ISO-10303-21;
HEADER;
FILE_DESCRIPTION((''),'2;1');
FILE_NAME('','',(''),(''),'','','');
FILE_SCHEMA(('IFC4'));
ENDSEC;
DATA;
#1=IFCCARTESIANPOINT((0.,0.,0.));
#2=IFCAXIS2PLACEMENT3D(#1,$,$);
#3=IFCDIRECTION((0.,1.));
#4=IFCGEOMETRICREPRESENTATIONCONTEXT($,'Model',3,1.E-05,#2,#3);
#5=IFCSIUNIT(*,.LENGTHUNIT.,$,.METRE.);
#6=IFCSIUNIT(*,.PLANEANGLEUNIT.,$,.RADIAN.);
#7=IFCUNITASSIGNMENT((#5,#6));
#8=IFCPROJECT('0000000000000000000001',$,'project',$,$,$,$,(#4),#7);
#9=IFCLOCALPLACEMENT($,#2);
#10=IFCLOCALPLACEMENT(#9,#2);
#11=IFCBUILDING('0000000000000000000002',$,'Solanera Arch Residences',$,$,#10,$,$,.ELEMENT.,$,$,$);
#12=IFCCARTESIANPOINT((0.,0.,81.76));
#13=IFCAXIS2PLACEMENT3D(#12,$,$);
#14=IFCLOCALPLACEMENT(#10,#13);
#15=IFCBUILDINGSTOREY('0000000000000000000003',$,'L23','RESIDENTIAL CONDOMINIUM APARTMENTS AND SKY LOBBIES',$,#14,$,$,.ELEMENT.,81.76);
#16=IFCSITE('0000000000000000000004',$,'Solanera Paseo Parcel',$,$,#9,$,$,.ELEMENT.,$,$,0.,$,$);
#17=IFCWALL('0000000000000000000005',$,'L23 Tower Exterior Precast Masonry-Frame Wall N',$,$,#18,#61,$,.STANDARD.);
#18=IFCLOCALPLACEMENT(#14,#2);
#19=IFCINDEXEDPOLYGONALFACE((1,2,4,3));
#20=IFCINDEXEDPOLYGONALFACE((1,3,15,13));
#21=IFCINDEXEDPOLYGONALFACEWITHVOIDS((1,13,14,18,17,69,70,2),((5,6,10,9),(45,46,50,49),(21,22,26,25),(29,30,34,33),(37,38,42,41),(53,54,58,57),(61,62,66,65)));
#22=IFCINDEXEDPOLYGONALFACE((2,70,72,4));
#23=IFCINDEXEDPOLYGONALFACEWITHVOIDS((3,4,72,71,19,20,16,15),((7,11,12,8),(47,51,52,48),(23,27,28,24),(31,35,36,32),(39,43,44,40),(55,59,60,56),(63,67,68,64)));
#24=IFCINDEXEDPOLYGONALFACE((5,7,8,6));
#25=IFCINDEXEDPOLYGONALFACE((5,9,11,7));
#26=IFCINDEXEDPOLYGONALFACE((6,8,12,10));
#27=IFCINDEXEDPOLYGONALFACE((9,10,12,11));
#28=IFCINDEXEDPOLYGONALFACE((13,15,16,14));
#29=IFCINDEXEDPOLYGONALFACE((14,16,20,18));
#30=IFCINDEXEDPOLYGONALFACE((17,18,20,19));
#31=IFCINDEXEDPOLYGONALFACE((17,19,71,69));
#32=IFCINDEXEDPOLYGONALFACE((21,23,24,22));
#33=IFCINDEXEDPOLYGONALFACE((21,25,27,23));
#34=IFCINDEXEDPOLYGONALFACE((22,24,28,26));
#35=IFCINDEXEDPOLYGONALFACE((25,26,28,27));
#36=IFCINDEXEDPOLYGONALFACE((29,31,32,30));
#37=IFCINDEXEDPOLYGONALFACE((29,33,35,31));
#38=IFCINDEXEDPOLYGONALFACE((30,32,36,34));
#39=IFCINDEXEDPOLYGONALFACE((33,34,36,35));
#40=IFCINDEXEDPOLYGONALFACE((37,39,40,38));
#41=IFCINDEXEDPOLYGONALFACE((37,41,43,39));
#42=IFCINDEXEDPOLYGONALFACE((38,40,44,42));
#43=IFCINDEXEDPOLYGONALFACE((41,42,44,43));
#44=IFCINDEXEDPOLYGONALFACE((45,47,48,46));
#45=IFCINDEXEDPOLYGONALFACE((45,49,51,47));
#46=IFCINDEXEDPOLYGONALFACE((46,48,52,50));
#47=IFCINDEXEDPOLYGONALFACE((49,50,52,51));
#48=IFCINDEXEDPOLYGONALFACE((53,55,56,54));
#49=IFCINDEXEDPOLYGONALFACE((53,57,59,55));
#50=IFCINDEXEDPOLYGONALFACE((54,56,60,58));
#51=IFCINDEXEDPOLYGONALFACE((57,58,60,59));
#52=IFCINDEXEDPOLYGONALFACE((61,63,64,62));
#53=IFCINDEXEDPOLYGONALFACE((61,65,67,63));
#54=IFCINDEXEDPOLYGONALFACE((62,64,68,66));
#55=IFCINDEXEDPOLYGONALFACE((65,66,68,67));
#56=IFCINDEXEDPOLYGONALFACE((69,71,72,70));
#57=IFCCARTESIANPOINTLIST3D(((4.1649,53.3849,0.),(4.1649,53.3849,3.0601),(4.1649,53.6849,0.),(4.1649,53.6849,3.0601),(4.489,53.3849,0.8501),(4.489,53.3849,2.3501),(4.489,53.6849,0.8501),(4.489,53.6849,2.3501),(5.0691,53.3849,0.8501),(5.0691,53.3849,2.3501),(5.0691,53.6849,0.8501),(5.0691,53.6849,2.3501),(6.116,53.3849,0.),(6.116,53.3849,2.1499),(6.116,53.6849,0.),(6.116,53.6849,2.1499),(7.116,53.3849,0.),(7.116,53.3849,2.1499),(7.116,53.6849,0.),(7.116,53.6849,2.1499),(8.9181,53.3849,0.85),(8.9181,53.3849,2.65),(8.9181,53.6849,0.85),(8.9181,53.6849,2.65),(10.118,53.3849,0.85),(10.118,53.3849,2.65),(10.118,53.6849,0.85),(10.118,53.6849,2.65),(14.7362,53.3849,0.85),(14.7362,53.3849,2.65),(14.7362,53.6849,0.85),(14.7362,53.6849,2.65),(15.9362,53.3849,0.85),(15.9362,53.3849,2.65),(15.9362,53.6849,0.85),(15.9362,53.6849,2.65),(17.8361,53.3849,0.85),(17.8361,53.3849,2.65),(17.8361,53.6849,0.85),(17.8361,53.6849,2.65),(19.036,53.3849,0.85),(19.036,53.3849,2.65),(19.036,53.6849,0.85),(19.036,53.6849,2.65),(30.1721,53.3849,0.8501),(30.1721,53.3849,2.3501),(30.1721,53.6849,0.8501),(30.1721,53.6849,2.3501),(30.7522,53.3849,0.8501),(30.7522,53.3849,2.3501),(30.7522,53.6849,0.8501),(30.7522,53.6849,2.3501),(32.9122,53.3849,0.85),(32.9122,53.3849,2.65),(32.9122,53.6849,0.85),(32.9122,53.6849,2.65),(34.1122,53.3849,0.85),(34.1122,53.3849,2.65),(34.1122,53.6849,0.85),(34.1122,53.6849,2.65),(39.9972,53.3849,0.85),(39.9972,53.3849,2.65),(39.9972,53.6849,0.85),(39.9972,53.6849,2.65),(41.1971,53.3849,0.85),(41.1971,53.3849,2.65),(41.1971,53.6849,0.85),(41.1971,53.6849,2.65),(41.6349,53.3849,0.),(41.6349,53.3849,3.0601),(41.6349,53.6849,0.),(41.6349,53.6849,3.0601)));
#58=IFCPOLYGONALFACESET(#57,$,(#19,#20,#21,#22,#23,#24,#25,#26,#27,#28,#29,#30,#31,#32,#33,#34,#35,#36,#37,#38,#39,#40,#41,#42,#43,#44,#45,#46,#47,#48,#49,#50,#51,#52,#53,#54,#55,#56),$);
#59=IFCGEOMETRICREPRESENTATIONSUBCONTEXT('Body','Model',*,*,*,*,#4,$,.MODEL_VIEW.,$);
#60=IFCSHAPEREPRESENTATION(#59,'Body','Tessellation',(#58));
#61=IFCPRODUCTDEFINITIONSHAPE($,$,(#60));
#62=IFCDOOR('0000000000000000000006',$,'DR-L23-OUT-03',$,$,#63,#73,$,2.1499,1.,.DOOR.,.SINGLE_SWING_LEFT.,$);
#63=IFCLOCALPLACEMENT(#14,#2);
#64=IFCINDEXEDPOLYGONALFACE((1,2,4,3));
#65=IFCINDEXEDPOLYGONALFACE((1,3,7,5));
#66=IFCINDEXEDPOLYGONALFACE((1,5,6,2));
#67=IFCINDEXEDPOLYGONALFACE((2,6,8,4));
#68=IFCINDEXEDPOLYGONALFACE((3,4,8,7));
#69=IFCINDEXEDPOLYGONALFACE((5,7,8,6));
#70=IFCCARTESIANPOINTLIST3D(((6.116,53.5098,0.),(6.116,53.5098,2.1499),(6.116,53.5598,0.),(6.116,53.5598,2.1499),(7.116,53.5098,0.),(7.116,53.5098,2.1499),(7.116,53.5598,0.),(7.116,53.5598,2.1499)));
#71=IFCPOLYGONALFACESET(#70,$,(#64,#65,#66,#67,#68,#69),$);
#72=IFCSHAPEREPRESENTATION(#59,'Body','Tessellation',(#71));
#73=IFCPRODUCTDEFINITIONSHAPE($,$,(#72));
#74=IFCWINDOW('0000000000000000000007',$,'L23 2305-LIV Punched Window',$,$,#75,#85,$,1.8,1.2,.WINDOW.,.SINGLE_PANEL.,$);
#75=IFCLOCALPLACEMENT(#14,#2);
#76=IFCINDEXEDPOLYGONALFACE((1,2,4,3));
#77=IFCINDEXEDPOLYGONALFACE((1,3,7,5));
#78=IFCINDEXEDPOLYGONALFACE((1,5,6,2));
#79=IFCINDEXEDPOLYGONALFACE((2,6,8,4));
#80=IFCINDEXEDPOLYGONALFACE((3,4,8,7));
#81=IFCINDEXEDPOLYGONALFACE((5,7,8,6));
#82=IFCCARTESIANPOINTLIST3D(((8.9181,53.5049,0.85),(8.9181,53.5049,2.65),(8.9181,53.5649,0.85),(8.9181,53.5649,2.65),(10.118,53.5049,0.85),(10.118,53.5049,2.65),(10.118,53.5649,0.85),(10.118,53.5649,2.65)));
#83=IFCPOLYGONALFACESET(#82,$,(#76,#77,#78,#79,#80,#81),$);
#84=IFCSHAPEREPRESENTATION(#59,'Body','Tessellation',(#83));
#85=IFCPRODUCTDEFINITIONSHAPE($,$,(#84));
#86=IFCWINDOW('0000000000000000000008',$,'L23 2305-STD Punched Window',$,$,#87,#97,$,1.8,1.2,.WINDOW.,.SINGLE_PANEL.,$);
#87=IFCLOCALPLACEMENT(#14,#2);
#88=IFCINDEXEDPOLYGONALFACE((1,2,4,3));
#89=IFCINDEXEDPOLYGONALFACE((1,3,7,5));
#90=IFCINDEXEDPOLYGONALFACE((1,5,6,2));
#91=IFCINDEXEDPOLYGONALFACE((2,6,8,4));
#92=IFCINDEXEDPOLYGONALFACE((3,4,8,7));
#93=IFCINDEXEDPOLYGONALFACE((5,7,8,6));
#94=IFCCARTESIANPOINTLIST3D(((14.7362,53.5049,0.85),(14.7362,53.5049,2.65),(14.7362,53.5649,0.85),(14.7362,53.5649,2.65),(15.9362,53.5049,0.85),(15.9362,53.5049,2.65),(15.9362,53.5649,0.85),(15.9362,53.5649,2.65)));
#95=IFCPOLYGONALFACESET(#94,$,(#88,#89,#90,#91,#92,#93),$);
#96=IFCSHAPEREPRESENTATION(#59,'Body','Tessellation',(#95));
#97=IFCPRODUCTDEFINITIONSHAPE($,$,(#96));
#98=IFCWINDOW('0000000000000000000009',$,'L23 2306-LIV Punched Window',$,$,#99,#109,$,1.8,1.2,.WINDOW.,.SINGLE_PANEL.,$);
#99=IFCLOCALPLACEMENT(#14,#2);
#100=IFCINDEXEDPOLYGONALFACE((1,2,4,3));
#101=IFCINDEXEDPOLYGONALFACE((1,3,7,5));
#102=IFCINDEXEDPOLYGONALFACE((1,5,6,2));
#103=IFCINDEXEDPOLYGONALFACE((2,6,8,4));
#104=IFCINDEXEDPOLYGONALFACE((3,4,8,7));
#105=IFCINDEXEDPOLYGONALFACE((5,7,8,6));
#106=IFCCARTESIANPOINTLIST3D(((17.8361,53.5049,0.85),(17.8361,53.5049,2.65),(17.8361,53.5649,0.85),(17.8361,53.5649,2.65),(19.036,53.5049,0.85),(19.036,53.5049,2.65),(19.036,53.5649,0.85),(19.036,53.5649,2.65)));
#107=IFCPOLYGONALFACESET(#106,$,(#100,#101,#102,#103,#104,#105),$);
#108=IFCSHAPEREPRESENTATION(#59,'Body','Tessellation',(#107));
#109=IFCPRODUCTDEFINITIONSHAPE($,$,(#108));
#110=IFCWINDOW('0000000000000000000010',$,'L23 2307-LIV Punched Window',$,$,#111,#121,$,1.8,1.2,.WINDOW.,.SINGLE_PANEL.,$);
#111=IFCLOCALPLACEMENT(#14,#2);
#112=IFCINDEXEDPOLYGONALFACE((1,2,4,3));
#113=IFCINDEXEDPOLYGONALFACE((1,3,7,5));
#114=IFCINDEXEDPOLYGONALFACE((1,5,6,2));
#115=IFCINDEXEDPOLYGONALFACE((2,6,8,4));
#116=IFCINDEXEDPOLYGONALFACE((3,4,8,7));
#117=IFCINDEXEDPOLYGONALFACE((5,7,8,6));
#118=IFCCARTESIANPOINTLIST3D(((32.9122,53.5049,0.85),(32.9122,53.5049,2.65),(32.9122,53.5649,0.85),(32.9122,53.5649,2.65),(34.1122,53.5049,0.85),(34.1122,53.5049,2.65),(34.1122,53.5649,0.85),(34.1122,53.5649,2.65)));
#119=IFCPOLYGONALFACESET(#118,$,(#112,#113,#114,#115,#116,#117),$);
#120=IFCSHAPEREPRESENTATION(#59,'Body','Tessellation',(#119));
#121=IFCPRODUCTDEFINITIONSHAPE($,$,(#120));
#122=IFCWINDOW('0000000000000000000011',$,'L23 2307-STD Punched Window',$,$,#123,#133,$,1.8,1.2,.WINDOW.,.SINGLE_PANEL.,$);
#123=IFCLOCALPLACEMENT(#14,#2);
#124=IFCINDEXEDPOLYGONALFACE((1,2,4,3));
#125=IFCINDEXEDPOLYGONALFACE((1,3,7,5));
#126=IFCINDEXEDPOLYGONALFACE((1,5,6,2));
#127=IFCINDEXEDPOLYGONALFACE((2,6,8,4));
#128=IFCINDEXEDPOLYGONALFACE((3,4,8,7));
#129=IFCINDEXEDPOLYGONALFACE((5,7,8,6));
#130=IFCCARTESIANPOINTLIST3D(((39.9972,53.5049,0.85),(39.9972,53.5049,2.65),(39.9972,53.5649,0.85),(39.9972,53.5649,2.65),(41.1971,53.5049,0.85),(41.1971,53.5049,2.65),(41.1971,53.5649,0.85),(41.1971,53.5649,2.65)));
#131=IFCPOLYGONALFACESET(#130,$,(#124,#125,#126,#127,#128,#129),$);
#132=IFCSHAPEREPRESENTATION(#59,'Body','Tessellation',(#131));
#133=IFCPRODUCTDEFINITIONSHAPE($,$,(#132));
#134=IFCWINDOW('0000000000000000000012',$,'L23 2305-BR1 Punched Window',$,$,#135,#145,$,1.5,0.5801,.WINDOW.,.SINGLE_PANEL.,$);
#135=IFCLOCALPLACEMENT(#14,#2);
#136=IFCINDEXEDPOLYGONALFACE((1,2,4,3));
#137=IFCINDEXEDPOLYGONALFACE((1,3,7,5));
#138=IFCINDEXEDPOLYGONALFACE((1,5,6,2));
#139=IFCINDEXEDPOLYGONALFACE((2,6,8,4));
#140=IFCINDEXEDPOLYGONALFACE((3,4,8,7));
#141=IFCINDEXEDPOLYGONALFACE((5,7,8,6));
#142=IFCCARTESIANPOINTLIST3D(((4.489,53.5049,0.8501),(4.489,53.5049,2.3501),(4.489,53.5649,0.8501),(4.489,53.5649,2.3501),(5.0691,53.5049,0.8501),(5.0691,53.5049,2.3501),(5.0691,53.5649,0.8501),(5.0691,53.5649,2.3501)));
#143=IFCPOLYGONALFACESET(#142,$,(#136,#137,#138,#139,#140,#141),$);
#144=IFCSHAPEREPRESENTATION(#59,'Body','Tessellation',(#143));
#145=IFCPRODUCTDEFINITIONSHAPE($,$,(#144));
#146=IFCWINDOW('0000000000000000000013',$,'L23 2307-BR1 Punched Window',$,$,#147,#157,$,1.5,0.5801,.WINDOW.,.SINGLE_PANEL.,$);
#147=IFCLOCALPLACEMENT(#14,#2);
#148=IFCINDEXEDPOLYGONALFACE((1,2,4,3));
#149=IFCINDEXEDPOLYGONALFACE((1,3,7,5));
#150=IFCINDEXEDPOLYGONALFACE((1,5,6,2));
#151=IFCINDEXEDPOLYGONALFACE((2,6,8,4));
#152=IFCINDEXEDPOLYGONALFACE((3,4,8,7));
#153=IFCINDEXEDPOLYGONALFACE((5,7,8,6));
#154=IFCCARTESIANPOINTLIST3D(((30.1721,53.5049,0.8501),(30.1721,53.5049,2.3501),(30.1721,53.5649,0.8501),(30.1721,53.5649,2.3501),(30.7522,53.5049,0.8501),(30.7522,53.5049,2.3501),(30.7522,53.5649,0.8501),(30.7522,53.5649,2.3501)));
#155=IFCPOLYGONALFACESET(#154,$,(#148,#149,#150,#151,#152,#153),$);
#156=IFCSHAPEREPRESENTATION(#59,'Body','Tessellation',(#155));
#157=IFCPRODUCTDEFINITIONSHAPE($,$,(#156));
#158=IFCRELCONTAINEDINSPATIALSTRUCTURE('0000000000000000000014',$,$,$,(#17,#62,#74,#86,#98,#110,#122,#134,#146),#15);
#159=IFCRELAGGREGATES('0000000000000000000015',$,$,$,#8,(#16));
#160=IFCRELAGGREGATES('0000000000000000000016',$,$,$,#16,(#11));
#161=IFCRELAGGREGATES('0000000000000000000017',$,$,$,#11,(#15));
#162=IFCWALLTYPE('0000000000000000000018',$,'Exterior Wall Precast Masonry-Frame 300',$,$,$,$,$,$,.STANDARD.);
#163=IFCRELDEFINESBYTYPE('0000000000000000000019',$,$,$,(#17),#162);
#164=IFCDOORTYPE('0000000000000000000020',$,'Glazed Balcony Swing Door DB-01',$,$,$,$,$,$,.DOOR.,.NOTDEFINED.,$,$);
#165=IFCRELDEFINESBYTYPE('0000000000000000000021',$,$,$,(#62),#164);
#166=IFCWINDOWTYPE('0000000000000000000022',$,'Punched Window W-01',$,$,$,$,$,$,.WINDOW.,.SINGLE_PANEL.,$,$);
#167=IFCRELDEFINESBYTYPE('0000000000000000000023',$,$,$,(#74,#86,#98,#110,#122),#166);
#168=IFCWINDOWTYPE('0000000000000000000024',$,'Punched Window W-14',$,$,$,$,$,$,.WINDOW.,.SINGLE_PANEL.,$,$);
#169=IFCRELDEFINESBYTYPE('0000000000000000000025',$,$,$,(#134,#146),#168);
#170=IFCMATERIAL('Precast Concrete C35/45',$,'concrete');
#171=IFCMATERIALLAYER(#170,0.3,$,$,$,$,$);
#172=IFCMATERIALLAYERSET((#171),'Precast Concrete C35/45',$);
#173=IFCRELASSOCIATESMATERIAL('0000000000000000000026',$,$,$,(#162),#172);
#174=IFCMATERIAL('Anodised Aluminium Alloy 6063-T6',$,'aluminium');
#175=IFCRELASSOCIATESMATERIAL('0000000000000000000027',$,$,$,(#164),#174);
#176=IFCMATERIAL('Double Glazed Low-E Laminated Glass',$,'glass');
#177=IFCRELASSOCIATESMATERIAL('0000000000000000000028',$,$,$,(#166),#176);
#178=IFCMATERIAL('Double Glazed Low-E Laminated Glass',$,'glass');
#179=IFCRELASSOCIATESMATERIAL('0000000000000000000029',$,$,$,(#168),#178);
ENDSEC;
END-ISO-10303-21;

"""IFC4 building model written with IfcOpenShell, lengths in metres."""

from ifc_helpers import new_model, si_unit, direction, frame, frame_2d, origin, place, context, subcontext, project, spatial, rectangle, extrude, material, layer, layer_set, type_object, element, fill, save


model = new_model("IFC4")

# Units and contexts
model_context = context("Model", 3, precision=1e-05, world=origin(), true_north=direction((0.0, 1.0)))
body_context = subcontext(model_context, "Body", "Model", "MODEL_VIEW")
ifc_project = project(units=[si_unit("LENGTHUNIT", "METRE"), si_unit("PLANEANGLEUNIT", "RADIAN")], contexts=[model_context])

# Site, building, storey
site_placement = place(None, origin())
site = spatial("IfcSite", under=ifc_project, at=site_placement, Name="Solanera Paseo Parcel", CompositionType="ELEMENT", RefElevation=0.0)
building_placement = place(site_placement, origin())
building = spatial("IfcBuilding", under=site, at=building_placement, Name="Solanera Arch Residences", CompositionType="ELEMENT")
storey_placement = place(building_placement, frame((0.0, 0.0, 81.76)))
storey = spatial("IfcBuildingStorey", under=building, at=storey_placement, Name="L23", Description="RESIDENTIAL CONDOMINIUM APARTMENTS AND SKY LOBBIES", CompositionType="ELEMENT", Elevation=81.76)

# Shared definitions
ifc_material_1 = material(Name="Precast Concrete C35/45", Category="concrete")
ifc_layer_1 = layer(ifc_material_1, 0.3)
ifc_layer_set_1 = layer_set([ifc_layer_1], Name="Precast Concrete C35/45")
wall_type_1 = type_object("IfcWallType", Name="Exterior Wall Precast Masonry-Frame 300", PredefinedType="STANDARD", material=ifc_layer_set_1)

# Wall, openings, door, windows
wall_1_placement = place(storey_placement, frame((4.165, 53.5349, 0.0), z_axis=(0.0, 0.0, 1.0), x_axis=(1.0, 0.0, 0.0)))
wall_1 = element("IfcWall", 1, at=wall_1_placement, inside=storey, type_object=wall_type_1, Name="L23 Tower Exterior Precast Masonry-Frame Wall N", PredefinedType="STANDARD", context=body_context, shape_type="SweptSolid", body=[
    extrude(rectangle(XDim=37.47, YDim=0.3, at=frame_2d((18.7349, 0.0))), origin(), (0.0, 0.0, 1.0), 3.0601),
])
opening_1_placement = place(wall_1_placement, frame((1.9509, 0.0, 0.0)))
opening_1 = element("IfcOpeningElement", 2, at=opening_1_placement, cuts=wall_1, PredefinedType="OPENING", context=body_context, shape_type="SweptSolid", body=[
    extrude(rectangle(XDim=1.0, YDim=2.1499, at=frame_2d((0.5, 1.075))), frame((0.0, 0.1599, 0.0), z_axis=(0.0, -1.0, 0.0), x_axis=(1.0, 0.0, 0.0)), (0.0, 0.0, 1.0), 0.32),
])
opening_2_placement = place(wall_1_placement, frame((4.7529, 0.0, 0.8501)))
opening_2 = element("IfcOpeningElement", 3, at=opening_2_placement, cuts=wall_1, PredefinedType="OPENING", context=body_context, shape_type="SweptSolid", body=[
    extrude(rectangle(XDim=1.2, YDim=1.8, at=frame_2d((0.6001, 0.8999))), frame((0.0, 0.1599, 0.0), z_axis=(0.0, -1.0, 0.0), x_axis=(1.0, 0.0, 0.0)), (0.0, 0.0, 1.0), 0.32),
])
opening_3_placement = place(wall_1_placement, frame((0.324, 0.0, 0.8501)))
opening_3 = element("IfcOpeningElement", 4, at=opening_3_placement, cuts=wall_1, PredefinedType="OPENING", context=body_context, shape_type="SweptSolid", body=[
    extrude(rectangle(XDim=0.5801, YDim=1.5, at=frame_2d((0.29, 0.75))), frame((0.0, 0.1599, 0.0), z_axis=(0.0, -1.0, 0.0), x_axis=(1.0, 0.0, 0.0)), (0.0, 0.0, 1.0), 0.32),
])
opening_4_placement = place(wall_1_placement, frame((10.571, 0.0, 0.8501)))
opening_4 = element("IfcOpeningElement", 5, at=opening_4_placement, cuts=wall_1, PredefinedType="OPENING", context=body_context, shape_type="SweptSolid", body=[
    extrude(rectangle(XDim=1.2, YDim=1.8, at=frame_2d((0.6001, 0.8999))), frame((0.0, 0.1599, 0.0), z_axis=(0.0, -1.0, 0.0), x_axis=(1.0, 0.0, 0.0)), (0.0, 0.0, 1.0), 0.32),
])
opening_5_placement = place(wall_1_placement, frame((13.6709, 0.0, 0.8501)))
opening_5 = element("IfcOpeningElement", 6, at=opening_5_placement, cuts=wall_1, PredefinedType="OPENING", context=body_context, shape_type="SweptSolid", body=[
    extrude(rectangle(XDim=1.2, YDim=1.8, at=frame_2d((0.6001, 0.8999))), frame((0.0, 0.1599, 0.0), z_axis=(0.0, -1.0, 0.0), x_axis=(1.0, 0.0, 0.0)), (0.0, 0.0, 1.0), 0.32),
])
opening_6_placement = place(wall_1_placement, frame((28.7471, 0.0, 0.8501)))
opening_6 = element("IfcOpeningElement", 7, at=opening_6_placement, cuts=wall_1, PredefinedType="OPENING", context=body_context, shape_type="SweptSolid", body=[
    extrude(rectangle(XDim=1.2, YDim=1.8, at=frame_2d((0.6001, 0.8999))), frame((0.0, 0.1599, 0.0), z_axis=(0.0, -1.0, 0.0), x_axis=(1.0, 0.0, 0.0)), (0.0, 0.0, 1.0), 0.32),
])
opening_7_placement = place(wall_1_placement, frame((26.0071, 0.0, 0.8501)))
opening_7 = element("IfcOpeningElement", 8, at=opening_7_placement, cuts=wall_1, PredefinedType="OPENING", context=body_context, shape_type="SweptSolid", body=[
    extrude(rectangle(XDim=0.5801, YDim=1.5, at=frame_2d((0.29, 0.75))), frame((0.0, 0.1599, 0.0), z_axis=(0.0, -1.0, 0.0), x_axis=(1.0, 0.0, 0.0)), (0.0, 0.0, 1.0), 0.32),
])
opening_8_placement = place(wall_1_placement, frame((35.832, 0.0, 0.8501)))
opening_8 = element("IfcOpeningElement", 9, at=opening_8_placement, cuts=wall_1, PredefinedType="OPENING", context=body_context, shape_type="SweptSolid", body=[
    extrude(rectangle(XDim=1.2, YDim=1.8, at=frame_2d((0.6001, 0.8999))), frame((0.0, 0.1599, 0.0), z_axis=(0.0, -1.0, 0.0), x_axis=(1.0, 0.0, 0.0)), (0.0, 0.0, 1.0), 0.32),
])
ifc_material_2 = material(Name="Anodised Aluminium Alloy 6063-T6", Category="aluminium")
door_type_1 = type_object("IfcDoorType", Name="Glazed Balcony Swing Door DB-01", OperationType="NOTDEFINED", PredefinedType="DOOR", material=ifc_material_2)
door_1_placement = place(opening_1_placement, origin())
door_1 = element("IfcDoor", 10, at=door_1_placement, inside=storey, type_object=door_type_1, Name="DR-L23-OUT-03", OperationType="SINGLE_SWING_LEFT", OverallHeight=2.1499, OverallWidth=1.0, PredefinedType="DOOR", context=body_context, shape_type="SweptSolid", body=[
    extrude(rectangle(XDim=1.0, YDim=2.1499, at=frame_2d((0.5, 1.075))), frame((0.0, 0.0249, 0.0), z_axis=(0.0, -1.0, 0.0), x_axis=(1.0, 0.0, 0.0)), (0.0, 0.0, 1.0), 0.05),
])
fill(opening_1, door_1)
ifc_material_3 = material(Name="Double Glazed Low-E Laminated Glass", Category="glass")
window_type_1 = type_object("IfcWindowType", Name="Punched Window W-01", PartitioningType="SINGLE_PANEL", PredefinedType="WINDOW", material=ifc_material_3)
window_1_placement = place(opening_2_placement, origin())
window_1 = element("IfcWindow", 11, at=window_1_placement, inside=storey, type_object=window_type_1, Name="L23 2305-LIV Punched Window", OverallHeight=1.8, OverallWidth=1.2, PartitioningType="SINGLE_PANEL", PredefinedType="WINDOW", context=body_context, shape_type="SweptSolid", body=[
    extrude(rectangle(XDim=1.2, YDim=1.8, at=frame_2d((0.6001, 0.8999))), frame((0.0, 0.03, 0.0), z_axis=(0.0, -1.0, 0.0), x_axis=(1.0, 0.0, 0.0)), (0.0, 0.0, 1.0), 0.0601),
])
fill(opening_2, window_1)
window_2_placement = place(opening_4_placement, origin())
window_2 = element("IfcWindow", 12, at=window_2_placement, inside=storey, type_object=window_type_1, Name="L23 2305-STD Punched Window", OverallHeight=1.8, OverallWidth=1.2, PartitioningType="SINGLE_PANEL", PredefinedType="WINDOW", context=body_context, shape_type="SweptSolid", body=[
    extrude(rectangle(XDim=1.2, YDim=1.8, at=frame_2d((0.6001, 0.8999))), frame((0.0, 0.03, 0.0), z_axis=(0.0, -1.0, 0.0), x_axis=(1.0, 0.0, 0.0)), (0.0, 0.0, 1.0), 0.0601),
])
fill(opening_4, window_2)
window_3_placement = place(opening_5_placement, origin())
window_3 = element("IfcWindow", 13, at=window_3_placement, inside=storey, type_object=window_type_1, Name="L23 2306-LIV Punched Window", OverallHeight=1.8, OverallWidth=1.2, PartitioningType="SINGLE_PANEL", PredefinedType="WINDOW", context=body_context, shape_type="SweptSolid", body=[
    extrude(rectangle(XDim=1.2, YDim=1.8, at=frame_2d((0.6001, 0.8999))), frame((0.0, 0.03, 0.0), z_axis=(0.0, -1.0, 0.0), x_axis=(1.0, 0.0, 0.0)), (0.0, 0.0, 1.0), 0.0601),
])
fill(opening_5, window_3)
window_4_placement = place(opening_6_placement, origin())
window_4 = element("IfcWindow", 14, at=window_4_placement, inside=storey, type_object=window_type_1, Name="L23 2307-LIV Punched Window", OverallHeight=1.8, OverallWidth=1.2, PartitioningType="SINGLE_PANEL", PredefinedType="WINDOW", context=body_context, shape_type="SweptSolid", body=[
    extrude(rectangle(XDim=1.2, YDim=1.8, at=frame_2d((0.6001, 0.8999))), frame((0.0, 0.03, 0.0), z_axis=(0.0, -1.0, 0.0), x_axis=(1.0, 0.0, 0.0)), (0.0, 0.0, 1.0), 0.0601),
])
fill(opening_6, window_4)
window_5_placement = place(opening_8_placement, origin())
window_5 = element("IfcWindow", 15, at=window_5_placement, inside=storey, type_object=window_type_1, Name="L23 2307-STD Punched Window", OverallHeight=1.8, OverallWidth=1.2, PartitioningType="SINGLE_PANEL", PredefinedType="WINDOW", context=body_context, shape_type="SweptSolid", body=[
    extrude(rectangle(XDim=1.2, YDim=1.8, at=frame_2d((0.6001, 0.8999))), frame((0.0, 0.03, 0.0), z_axis=(0.0, -1.0, 0.0), x_axis=(1.0, 0.0, 0.0)), (0.0, 0.0, 1.0), 0.0601),
])
fill(opening_8, window_5)
ifc_material_4 = material(Name="Double Glazed Low-E Laminated Glass", Category="glass")
window_type_2 = type_object("IfcWindowType", Name="Punched Window W-14", PartitioningType="SINGLE_PANEL", PredefinedType="WINDOW", material=ifc_material_4)
window_6_placement = place(opening_3_placement, origin())
window_6 = element("IfcWindow", 16, at=window_6_placement, inside=storey, type_object=window_type_2, Name="L23 2305-BR1 Punched Window", OverallHeight=1.5, OverallWidth=0.5801, PartitioningType="SINGLE_PANEL", PredefinedType="WINDOW", context=body_context, shape_type="SweptSolid", body=[
    extrude(rectangle(XDim=0.5801, YDim=1.5, at=frame_2d((0.29, 0.75))), frame((0.0, 0.03, 0.0), z_axis=(0.0, -1.0, 0.0), x_axis=(1.0, 0.0, 0.0)), (0.0, 0.0, 1.0), 0.0601),
])
fill(opening_3, window_6)
window_7_placement = place(opening_7_placement, origin())
window_7 = element("IfcWindow", 17, at=window_7_placement, inside=storey, type_object=window_type_2, Name="L23 2307-BR1 Punched Window", OverallHeight=1.5, OverallWidth=0.5801, PartitioningType="SINGLE_PANEL", PredefinedType="WINDOW", context=body_context, shape_type="SweptSolid", body=[
    extrude(rectangle(XDim=0.5801, YDim=1.5, at=frame_2d((0.29, 0.75))), frame((0.0, 0.03, 0.0), z_axis=(0.0, -1.0, 0.0), x_axis=(1.0, 0.0, 0.0)), (0.0, 0.0, 1.0), 0.0601),
])
fill(opening_7, window_7)

save(model, "model.ifc")
